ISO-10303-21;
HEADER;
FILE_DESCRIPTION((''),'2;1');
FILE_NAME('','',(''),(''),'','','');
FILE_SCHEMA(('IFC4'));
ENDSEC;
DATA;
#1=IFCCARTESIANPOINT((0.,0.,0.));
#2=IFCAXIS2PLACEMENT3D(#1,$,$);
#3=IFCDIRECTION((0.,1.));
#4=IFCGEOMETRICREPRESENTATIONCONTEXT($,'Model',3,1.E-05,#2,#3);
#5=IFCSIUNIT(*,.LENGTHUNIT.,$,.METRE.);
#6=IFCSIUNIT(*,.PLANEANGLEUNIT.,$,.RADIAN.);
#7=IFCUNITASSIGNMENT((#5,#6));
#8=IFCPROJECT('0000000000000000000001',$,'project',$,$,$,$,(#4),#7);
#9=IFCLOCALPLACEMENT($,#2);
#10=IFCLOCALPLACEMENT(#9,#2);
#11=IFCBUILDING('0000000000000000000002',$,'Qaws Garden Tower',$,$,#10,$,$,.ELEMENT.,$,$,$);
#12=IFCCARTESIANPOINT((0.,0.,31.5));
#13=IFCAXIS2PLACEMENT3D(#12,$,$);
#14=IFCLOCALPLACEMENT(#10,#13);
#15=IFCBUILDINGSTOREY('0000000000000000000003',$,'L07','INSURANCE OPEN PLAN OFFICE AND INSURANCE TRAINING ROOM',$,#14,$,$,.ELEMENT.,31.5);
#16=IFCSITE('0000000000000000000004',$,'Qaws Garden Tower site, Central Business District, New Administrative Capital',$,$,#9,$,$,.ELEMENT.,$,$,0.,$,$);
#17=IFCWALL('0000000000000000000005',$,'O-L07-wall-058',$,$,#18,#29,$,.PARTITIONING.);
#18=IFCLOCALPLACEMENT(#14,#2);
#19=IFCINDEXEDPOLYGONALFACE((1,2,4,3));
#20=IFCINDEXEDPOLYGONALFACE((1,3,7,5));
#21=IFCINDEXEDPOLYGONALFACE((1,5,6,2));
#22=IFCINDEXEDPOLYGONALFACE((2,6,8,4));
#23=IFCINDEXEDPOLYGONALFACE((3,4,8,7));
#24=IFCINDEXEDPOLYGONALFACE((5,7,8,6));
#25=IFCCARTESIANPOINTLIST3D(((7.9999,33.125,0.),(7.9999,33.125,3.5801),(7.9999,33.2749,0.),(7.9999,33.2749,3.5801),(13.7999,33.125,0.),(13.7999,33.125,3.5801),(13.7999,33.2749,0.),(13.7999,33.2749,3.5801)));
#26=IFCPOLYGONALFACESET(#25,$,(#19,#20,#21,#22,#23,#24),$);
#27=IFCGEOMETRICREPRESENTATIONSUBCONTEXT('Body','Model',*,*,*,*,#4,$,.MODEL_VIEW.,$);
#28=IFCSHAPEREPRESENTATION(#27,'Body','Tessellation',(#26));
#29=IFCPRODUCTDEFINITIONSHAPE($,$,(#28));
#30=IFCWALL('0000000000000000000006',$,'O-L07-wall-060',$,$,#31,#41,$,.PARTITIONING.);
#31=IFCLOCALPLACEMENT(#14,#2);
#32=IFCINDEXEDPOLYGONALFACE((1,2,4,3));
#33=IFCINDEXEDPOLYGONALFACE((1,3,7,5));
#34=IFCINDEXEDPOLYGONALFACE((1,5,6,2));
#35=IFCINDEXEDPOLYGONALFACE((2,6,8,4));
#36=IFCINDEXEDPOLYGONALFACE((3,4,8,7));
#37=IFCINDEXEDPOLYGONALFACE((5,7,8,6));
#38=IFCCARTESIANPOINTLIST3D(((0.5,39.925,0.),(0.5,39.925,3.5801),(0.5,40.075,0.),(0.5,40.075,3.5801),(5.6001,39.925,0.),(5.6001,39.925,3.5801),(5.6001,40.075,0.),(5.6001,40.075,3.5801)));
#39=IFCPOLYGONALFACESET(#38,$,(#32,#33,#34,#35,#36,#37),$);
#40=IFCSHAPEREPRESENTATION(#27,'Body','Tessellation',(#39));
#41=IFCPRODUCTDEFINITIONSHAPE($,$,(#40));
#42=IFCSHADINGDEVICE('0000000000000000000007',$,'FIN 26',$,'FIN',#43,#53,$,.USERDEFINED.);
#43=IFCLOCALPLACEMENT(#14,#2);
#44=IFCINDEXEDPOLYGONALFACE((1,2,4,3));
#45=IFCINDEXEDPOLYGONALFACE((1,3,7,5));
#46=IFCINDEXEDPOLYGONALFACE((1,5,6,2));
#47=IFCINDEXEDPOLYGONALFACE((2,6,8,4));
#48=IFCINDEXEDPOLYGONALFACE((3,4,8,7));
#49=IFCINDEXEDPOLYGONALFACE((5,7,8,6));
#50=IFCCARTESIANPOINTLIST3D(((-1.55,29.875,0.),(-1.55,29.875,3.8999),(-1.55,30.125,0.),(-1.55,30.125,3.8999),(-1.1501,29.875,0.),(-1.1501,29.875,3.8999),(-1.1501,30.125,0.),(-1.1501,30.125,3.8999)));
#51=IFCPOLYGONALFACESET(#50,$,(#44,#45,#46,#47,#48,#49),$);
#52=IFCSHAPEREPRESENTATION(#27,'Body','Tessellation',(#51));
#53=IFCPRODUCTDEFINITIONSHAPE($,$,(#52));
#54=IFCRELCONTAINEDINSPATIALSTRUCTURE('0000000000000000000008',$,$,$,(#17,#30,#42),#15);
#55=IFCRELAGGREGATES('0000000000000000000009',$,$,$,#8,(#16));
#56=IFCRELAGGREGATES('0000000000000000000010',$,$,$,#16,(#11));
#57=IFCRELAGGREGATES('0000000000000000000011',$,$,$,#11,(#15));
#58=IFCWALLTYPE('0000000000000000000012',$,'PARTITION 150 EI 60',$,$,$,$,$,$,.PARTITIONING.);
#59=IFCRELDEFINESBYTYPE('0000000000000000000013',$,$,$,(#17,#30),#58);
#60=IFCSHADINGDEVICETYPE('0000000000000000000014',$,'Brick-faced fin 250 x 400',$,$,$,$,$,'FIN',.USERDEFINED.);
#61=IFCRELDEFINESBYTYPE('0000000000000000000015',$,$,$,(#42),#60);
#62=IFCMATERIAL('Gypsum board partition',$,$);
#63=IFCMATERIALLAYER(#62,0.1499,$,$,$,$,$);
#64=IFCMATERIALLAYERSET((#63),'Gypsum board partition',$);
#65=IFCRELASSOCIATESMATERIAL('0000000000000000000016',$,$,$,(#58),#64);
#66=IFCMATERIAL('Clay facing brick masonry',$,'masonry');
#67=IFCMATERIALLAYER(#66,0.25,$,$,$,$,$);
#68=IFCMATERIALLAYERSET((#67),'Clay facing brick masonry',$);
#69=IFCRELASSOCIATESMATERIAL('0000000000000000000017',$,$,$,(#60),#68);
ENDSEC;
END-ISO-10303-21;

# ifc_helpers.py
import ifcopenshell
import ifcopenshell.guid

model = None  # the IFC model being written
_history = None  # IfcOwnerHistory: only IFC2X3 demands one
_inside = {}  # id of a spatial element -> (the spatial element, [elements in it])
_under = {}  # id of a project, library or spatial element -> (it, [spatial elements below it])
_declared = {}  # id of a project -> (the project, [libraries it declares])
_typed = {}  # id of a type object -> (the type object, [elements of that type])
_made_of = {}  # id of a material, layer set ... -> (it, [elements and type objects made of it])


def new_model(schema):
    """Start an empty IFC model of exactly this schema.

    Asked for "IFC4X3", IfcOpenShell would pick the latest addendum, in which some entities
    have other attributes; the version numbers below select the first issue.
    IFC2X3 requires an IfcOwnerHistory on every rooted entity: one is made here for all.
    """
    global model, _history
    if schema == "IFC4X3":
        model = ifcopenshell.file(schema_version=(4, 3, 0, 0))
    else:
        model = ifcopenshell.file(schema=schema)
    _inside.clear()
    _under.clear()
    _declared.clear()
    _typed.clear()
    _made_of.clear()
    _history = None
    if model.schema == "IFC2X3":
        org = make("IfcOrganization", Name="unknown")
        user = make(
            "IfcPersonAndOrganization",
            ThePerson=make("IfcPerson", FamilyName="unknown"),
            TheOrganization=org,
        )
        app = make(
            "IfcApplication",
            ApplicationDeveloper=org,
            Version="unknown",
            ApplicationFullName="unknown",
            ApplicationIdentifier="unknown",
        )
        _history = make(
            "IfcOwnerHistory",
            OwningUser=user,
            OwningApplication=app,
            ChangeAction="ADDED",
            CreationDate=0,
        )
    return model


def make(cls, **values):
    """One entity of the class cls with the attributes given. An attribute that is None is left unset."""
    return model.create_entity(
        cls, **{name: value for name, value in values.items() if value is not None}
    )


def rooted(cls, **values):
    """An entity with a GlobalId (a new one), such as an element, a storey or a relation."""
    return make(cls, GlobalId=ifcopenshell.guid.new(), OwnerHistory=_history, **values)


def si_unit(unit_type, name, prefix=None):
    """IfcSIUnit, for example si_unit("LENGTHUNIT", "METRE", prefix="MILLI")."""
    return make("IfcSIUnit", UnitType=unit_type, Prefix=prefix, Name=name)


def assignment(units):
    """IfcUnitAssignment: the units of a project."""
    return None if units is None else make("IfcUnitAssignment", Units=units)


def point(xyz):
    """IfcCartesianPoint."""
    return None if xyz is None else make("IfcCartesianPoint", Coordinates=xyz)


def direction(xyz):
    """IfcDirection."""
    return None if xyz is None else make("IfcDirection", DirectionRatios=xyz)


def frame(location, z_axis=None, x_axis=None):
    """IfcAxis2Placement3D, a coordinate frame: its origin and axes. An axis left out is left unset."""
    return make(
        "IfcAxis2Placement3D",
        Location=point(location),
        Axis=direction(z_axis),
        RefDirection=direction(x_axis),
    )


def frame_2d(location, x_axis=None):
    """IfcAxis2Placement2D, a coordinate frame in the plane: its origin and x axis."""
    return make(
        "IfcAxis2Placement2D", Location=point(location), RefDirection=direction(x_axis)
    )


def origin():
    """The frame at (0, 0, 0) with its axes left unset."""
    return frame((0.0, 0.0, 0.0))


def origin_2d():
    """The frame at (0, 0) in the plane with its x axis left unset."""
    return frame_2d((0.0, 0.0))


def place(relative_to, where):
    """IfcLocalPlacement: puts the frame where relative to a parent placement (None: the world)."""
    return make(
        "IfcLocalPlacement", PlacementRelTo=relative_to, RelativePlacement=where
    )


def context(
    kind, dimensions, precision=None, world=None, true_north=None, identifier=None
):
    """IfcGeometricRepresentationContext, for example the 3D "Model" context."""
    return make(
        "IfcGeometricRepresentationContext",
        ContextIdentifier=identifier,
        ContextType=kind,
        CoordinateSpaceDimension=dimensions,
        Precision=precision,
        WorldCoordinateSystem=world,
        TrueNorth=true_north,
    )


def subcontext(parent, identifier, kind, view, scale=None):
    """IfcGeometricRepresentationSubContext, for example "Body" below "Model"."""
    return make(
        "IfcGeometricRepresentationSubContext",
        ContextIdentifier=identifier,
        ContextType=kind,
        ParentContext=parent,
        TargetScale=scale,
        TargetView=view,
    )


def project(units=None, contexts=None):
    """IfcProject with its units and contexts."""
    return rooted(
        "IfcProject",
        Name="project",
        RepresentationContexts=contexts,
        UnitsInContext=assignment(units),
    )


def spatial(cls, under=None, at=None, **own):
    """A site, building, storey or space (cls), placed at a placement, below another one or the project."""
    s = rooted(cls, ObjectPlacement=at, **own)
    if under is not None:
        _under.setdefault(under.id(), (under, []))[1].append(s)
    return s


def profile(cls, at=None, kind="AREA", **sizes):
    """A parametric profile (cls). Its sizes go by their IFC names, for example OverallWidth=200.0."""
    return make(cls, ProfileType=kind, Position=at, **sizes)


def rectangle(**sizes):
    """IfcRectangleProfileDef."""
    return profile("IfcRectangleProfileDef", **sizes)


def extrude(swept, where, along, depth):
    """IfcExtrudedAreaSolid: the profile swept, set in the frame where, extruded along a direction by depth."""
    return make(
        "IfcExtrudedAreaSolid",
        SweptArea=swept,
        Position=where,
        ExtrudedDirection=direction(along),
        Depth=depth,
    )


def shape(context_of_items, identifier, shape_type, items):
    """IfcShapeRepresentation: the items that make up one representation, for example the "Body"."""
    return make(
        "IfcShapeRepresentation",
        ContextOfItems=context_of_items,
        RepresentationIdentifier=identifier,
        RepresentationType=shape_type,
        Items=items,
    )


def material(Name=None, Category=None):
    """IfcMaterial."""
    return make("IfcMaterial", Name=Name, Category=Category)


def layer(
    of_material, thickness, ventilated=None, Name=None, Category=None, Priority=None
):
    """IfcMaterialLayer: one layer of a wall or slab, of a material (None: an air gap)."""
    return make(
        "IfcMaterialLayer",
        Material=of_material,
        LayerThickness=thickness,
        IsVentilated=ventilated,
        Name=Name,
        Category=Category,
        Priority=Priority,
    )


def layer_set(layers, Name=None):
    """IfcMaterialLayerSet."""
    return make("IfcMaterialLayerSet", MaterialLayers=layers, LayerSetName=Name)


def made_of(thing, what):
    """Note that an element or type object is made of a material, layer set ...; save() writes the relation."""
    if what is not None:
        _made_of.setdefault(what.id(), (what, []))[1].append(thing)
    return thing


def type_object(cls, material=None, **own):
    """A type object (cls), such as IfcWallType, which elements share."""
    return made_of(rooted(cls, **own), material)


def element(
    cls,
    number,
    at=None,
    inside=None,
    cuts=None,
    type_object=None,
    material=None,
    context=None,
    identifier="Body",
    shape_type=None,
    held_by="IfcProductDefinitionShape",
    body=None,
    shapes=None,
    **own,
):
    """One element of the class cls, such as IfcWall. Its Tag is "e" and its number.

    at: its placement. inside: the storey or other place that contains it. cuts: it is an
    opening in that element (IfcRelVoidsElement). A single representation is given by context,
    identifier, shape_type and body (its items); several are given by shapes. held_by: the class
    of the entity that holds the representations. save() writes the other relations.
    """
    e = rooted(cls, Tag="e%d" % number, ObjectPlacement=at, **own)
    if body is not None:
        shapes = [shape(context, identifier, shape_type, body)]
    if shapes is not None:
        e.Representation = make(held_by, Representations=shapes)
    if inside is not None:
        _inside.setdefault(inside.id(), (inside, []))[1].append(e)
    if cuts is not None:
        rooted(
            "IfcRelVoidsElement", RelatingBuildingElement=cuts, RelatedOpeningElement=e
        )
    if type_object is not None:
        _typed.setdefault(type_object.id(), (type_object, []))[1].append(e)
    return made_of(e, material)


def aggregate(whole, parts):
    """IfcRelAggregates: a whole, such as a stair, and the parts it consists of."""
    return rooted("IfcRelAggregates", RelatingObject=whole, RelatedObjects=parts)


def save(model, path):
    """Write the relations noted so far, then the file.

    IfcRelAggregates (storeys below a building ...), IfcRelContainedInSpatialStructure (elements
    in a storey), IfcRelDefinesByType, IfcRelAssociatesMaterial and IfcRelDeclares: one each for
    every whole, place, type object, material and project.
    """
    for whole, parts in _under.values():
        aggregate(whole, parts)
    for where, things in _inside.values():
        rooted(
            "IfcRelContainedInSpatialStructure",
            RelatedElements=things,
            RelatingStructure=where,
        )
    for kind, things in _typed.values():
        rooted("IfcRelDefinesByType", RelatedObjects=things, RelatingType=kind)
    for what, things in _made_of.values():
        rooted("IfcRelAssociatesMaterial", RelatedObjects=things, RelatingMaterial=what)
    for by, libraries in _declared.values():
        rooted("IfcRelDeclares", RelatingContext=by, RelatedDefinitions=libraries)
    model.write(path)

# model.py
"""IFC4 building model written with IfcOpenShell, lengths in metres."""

from ifc_helpers import new_model, si_unit, direction, frame, frame_2d, origin, origin_2d, place, context, subcontext, project, spatial, rectangle, extrude, material, layer, layer_set, type_object, element, save


model = new_model("IFC4")

# Units and contexts
model_context = context("Model", 3, precision=1e-05, world=origin(), true_north=direction((0.0, 1.0)))
body_context = subcontext(model_context, "Body", "Model", "MODEL_VIEW")
ifc_project = project(units=[si_unit("LENGTHUNIT", "METRE"), si_unit("PLANEANGLEUNIT", "RADIAN")], contexts=[model_context])

# Site, building, storey
site_placement = place(None, origin())
site = spatial("IfcSite", under=ifc_project, at=site_placement, Name="Qaws Garden Tower site, Central Business District, New Administrative Capital", CompositionType="ELEMENT", RefElevation=0.0)
building_placement = place(site_placement, origin())
building = spatial("IfcBuilding", under=site, at=building_placement, Name="Qaws Garden Tower", CompositionType="ELEMENT")
storey_placement = place(building_placement, frame((0.0, 0.0, 31.5)))
storey = spatial("IfcBuildingStorey", under=building, at=storey_placement, Name="L07", Description="INSURANCE OPEN PLAN OFFICE AND INSURANCE TRAINING ROOM", CompositionType="ELEMENT", Elevation=31.5)

# Shared definitions
ifc_material_1 = material(Name="Gypsum board partition")
ifc_layer_1 = layer(ifc_material_1, 0.1499)
ifc_layer_set_1 = layer_set([ifc_layer_1], Name="Gypsum board partition")
wall_type_1 = type_object("IfcWallType", Name="PARTITION 150 EI 60", PredefinedType="PARTITIONING", material=ifc_layer_set_1)

# Walls
wall_1_placement = place(storey_placement, frame((8.0, 33.2, 0.0), z_axis=(0.0, 0.0, 1.0), x_axis=(1.0, 0.0, 0.0)))
element("IfcWall", 1, at=wall_1_placement, inside=storey, type_object=wall_type_1, Name="O-L07-wall-058", PredefinedType="PARTITIONING", context=body_context, shape_type="SweptSolid", body=[
    extrude(rectangle(XDim=5.8, YDim=0.1499, at=frame_2d((2.8999, 0.0))), origin(), (0.0, 0.0, 1.0), 3.5801),
])
wall_2_placement = place(storey_placement, frame((0.5, 40.0, 0.0), z_axis=(0.0, 0.0, 1.0), x_axis=(1.0, 0.0, 0.0)))
element("IfcWall", 2, at=wall_2_placement, inside=storey, type_object=wall_type_1, Name="O-L07-wall-060", PredefinedType="PARTITIONING", context=body_context, shape_type="SweptSolid", body=[
    extrude(rectangle(XDim=5.1001, YDim=0.1499, at=frame_2d((2.55, 0.0))), origin(), (0.0, 0.0, 1.0), 3.5801),
])

# Shading device
ifc_material_2 = material(Name="Clay facing brick masonry", Category="masonry")
ifc_layer_2 = layer(ifc_material_2, 0.25)
ifc_layer_set_2 = layer_set([ifc_layer_2], Name="Clay facing brick masonry")
shading_device_type = type_object("IfcShadingDeviceType", Name="Brick-faced fin 250 x 400", ElementType="FIN", PredefinedType="USERDEFINED", material=ifc_layer_set_2)
shading_device_placement = place(storey_placement, frame((-1.3501, 30.0, 0.0), z_axis=(0.0, 0.0, 1.0), x_axis=(0.0, -1.0, 0.0)))
element("IfcShadingDevice", 3, at=shading_device_placement, inside=storey, type_object=shading_device_type, Name="FIN 26", ObjectType="FIN", PredefinedType="USERDEFINED", context=body_context, shape_type="SweptSolid", body=[
    extrude(rectangle(XDim=0.25, YDim=0.3999, at=origin_2d()), origin(), (0.0, 0.0, 1.0), 3.8999),
])

save(model, "model.ifc")
